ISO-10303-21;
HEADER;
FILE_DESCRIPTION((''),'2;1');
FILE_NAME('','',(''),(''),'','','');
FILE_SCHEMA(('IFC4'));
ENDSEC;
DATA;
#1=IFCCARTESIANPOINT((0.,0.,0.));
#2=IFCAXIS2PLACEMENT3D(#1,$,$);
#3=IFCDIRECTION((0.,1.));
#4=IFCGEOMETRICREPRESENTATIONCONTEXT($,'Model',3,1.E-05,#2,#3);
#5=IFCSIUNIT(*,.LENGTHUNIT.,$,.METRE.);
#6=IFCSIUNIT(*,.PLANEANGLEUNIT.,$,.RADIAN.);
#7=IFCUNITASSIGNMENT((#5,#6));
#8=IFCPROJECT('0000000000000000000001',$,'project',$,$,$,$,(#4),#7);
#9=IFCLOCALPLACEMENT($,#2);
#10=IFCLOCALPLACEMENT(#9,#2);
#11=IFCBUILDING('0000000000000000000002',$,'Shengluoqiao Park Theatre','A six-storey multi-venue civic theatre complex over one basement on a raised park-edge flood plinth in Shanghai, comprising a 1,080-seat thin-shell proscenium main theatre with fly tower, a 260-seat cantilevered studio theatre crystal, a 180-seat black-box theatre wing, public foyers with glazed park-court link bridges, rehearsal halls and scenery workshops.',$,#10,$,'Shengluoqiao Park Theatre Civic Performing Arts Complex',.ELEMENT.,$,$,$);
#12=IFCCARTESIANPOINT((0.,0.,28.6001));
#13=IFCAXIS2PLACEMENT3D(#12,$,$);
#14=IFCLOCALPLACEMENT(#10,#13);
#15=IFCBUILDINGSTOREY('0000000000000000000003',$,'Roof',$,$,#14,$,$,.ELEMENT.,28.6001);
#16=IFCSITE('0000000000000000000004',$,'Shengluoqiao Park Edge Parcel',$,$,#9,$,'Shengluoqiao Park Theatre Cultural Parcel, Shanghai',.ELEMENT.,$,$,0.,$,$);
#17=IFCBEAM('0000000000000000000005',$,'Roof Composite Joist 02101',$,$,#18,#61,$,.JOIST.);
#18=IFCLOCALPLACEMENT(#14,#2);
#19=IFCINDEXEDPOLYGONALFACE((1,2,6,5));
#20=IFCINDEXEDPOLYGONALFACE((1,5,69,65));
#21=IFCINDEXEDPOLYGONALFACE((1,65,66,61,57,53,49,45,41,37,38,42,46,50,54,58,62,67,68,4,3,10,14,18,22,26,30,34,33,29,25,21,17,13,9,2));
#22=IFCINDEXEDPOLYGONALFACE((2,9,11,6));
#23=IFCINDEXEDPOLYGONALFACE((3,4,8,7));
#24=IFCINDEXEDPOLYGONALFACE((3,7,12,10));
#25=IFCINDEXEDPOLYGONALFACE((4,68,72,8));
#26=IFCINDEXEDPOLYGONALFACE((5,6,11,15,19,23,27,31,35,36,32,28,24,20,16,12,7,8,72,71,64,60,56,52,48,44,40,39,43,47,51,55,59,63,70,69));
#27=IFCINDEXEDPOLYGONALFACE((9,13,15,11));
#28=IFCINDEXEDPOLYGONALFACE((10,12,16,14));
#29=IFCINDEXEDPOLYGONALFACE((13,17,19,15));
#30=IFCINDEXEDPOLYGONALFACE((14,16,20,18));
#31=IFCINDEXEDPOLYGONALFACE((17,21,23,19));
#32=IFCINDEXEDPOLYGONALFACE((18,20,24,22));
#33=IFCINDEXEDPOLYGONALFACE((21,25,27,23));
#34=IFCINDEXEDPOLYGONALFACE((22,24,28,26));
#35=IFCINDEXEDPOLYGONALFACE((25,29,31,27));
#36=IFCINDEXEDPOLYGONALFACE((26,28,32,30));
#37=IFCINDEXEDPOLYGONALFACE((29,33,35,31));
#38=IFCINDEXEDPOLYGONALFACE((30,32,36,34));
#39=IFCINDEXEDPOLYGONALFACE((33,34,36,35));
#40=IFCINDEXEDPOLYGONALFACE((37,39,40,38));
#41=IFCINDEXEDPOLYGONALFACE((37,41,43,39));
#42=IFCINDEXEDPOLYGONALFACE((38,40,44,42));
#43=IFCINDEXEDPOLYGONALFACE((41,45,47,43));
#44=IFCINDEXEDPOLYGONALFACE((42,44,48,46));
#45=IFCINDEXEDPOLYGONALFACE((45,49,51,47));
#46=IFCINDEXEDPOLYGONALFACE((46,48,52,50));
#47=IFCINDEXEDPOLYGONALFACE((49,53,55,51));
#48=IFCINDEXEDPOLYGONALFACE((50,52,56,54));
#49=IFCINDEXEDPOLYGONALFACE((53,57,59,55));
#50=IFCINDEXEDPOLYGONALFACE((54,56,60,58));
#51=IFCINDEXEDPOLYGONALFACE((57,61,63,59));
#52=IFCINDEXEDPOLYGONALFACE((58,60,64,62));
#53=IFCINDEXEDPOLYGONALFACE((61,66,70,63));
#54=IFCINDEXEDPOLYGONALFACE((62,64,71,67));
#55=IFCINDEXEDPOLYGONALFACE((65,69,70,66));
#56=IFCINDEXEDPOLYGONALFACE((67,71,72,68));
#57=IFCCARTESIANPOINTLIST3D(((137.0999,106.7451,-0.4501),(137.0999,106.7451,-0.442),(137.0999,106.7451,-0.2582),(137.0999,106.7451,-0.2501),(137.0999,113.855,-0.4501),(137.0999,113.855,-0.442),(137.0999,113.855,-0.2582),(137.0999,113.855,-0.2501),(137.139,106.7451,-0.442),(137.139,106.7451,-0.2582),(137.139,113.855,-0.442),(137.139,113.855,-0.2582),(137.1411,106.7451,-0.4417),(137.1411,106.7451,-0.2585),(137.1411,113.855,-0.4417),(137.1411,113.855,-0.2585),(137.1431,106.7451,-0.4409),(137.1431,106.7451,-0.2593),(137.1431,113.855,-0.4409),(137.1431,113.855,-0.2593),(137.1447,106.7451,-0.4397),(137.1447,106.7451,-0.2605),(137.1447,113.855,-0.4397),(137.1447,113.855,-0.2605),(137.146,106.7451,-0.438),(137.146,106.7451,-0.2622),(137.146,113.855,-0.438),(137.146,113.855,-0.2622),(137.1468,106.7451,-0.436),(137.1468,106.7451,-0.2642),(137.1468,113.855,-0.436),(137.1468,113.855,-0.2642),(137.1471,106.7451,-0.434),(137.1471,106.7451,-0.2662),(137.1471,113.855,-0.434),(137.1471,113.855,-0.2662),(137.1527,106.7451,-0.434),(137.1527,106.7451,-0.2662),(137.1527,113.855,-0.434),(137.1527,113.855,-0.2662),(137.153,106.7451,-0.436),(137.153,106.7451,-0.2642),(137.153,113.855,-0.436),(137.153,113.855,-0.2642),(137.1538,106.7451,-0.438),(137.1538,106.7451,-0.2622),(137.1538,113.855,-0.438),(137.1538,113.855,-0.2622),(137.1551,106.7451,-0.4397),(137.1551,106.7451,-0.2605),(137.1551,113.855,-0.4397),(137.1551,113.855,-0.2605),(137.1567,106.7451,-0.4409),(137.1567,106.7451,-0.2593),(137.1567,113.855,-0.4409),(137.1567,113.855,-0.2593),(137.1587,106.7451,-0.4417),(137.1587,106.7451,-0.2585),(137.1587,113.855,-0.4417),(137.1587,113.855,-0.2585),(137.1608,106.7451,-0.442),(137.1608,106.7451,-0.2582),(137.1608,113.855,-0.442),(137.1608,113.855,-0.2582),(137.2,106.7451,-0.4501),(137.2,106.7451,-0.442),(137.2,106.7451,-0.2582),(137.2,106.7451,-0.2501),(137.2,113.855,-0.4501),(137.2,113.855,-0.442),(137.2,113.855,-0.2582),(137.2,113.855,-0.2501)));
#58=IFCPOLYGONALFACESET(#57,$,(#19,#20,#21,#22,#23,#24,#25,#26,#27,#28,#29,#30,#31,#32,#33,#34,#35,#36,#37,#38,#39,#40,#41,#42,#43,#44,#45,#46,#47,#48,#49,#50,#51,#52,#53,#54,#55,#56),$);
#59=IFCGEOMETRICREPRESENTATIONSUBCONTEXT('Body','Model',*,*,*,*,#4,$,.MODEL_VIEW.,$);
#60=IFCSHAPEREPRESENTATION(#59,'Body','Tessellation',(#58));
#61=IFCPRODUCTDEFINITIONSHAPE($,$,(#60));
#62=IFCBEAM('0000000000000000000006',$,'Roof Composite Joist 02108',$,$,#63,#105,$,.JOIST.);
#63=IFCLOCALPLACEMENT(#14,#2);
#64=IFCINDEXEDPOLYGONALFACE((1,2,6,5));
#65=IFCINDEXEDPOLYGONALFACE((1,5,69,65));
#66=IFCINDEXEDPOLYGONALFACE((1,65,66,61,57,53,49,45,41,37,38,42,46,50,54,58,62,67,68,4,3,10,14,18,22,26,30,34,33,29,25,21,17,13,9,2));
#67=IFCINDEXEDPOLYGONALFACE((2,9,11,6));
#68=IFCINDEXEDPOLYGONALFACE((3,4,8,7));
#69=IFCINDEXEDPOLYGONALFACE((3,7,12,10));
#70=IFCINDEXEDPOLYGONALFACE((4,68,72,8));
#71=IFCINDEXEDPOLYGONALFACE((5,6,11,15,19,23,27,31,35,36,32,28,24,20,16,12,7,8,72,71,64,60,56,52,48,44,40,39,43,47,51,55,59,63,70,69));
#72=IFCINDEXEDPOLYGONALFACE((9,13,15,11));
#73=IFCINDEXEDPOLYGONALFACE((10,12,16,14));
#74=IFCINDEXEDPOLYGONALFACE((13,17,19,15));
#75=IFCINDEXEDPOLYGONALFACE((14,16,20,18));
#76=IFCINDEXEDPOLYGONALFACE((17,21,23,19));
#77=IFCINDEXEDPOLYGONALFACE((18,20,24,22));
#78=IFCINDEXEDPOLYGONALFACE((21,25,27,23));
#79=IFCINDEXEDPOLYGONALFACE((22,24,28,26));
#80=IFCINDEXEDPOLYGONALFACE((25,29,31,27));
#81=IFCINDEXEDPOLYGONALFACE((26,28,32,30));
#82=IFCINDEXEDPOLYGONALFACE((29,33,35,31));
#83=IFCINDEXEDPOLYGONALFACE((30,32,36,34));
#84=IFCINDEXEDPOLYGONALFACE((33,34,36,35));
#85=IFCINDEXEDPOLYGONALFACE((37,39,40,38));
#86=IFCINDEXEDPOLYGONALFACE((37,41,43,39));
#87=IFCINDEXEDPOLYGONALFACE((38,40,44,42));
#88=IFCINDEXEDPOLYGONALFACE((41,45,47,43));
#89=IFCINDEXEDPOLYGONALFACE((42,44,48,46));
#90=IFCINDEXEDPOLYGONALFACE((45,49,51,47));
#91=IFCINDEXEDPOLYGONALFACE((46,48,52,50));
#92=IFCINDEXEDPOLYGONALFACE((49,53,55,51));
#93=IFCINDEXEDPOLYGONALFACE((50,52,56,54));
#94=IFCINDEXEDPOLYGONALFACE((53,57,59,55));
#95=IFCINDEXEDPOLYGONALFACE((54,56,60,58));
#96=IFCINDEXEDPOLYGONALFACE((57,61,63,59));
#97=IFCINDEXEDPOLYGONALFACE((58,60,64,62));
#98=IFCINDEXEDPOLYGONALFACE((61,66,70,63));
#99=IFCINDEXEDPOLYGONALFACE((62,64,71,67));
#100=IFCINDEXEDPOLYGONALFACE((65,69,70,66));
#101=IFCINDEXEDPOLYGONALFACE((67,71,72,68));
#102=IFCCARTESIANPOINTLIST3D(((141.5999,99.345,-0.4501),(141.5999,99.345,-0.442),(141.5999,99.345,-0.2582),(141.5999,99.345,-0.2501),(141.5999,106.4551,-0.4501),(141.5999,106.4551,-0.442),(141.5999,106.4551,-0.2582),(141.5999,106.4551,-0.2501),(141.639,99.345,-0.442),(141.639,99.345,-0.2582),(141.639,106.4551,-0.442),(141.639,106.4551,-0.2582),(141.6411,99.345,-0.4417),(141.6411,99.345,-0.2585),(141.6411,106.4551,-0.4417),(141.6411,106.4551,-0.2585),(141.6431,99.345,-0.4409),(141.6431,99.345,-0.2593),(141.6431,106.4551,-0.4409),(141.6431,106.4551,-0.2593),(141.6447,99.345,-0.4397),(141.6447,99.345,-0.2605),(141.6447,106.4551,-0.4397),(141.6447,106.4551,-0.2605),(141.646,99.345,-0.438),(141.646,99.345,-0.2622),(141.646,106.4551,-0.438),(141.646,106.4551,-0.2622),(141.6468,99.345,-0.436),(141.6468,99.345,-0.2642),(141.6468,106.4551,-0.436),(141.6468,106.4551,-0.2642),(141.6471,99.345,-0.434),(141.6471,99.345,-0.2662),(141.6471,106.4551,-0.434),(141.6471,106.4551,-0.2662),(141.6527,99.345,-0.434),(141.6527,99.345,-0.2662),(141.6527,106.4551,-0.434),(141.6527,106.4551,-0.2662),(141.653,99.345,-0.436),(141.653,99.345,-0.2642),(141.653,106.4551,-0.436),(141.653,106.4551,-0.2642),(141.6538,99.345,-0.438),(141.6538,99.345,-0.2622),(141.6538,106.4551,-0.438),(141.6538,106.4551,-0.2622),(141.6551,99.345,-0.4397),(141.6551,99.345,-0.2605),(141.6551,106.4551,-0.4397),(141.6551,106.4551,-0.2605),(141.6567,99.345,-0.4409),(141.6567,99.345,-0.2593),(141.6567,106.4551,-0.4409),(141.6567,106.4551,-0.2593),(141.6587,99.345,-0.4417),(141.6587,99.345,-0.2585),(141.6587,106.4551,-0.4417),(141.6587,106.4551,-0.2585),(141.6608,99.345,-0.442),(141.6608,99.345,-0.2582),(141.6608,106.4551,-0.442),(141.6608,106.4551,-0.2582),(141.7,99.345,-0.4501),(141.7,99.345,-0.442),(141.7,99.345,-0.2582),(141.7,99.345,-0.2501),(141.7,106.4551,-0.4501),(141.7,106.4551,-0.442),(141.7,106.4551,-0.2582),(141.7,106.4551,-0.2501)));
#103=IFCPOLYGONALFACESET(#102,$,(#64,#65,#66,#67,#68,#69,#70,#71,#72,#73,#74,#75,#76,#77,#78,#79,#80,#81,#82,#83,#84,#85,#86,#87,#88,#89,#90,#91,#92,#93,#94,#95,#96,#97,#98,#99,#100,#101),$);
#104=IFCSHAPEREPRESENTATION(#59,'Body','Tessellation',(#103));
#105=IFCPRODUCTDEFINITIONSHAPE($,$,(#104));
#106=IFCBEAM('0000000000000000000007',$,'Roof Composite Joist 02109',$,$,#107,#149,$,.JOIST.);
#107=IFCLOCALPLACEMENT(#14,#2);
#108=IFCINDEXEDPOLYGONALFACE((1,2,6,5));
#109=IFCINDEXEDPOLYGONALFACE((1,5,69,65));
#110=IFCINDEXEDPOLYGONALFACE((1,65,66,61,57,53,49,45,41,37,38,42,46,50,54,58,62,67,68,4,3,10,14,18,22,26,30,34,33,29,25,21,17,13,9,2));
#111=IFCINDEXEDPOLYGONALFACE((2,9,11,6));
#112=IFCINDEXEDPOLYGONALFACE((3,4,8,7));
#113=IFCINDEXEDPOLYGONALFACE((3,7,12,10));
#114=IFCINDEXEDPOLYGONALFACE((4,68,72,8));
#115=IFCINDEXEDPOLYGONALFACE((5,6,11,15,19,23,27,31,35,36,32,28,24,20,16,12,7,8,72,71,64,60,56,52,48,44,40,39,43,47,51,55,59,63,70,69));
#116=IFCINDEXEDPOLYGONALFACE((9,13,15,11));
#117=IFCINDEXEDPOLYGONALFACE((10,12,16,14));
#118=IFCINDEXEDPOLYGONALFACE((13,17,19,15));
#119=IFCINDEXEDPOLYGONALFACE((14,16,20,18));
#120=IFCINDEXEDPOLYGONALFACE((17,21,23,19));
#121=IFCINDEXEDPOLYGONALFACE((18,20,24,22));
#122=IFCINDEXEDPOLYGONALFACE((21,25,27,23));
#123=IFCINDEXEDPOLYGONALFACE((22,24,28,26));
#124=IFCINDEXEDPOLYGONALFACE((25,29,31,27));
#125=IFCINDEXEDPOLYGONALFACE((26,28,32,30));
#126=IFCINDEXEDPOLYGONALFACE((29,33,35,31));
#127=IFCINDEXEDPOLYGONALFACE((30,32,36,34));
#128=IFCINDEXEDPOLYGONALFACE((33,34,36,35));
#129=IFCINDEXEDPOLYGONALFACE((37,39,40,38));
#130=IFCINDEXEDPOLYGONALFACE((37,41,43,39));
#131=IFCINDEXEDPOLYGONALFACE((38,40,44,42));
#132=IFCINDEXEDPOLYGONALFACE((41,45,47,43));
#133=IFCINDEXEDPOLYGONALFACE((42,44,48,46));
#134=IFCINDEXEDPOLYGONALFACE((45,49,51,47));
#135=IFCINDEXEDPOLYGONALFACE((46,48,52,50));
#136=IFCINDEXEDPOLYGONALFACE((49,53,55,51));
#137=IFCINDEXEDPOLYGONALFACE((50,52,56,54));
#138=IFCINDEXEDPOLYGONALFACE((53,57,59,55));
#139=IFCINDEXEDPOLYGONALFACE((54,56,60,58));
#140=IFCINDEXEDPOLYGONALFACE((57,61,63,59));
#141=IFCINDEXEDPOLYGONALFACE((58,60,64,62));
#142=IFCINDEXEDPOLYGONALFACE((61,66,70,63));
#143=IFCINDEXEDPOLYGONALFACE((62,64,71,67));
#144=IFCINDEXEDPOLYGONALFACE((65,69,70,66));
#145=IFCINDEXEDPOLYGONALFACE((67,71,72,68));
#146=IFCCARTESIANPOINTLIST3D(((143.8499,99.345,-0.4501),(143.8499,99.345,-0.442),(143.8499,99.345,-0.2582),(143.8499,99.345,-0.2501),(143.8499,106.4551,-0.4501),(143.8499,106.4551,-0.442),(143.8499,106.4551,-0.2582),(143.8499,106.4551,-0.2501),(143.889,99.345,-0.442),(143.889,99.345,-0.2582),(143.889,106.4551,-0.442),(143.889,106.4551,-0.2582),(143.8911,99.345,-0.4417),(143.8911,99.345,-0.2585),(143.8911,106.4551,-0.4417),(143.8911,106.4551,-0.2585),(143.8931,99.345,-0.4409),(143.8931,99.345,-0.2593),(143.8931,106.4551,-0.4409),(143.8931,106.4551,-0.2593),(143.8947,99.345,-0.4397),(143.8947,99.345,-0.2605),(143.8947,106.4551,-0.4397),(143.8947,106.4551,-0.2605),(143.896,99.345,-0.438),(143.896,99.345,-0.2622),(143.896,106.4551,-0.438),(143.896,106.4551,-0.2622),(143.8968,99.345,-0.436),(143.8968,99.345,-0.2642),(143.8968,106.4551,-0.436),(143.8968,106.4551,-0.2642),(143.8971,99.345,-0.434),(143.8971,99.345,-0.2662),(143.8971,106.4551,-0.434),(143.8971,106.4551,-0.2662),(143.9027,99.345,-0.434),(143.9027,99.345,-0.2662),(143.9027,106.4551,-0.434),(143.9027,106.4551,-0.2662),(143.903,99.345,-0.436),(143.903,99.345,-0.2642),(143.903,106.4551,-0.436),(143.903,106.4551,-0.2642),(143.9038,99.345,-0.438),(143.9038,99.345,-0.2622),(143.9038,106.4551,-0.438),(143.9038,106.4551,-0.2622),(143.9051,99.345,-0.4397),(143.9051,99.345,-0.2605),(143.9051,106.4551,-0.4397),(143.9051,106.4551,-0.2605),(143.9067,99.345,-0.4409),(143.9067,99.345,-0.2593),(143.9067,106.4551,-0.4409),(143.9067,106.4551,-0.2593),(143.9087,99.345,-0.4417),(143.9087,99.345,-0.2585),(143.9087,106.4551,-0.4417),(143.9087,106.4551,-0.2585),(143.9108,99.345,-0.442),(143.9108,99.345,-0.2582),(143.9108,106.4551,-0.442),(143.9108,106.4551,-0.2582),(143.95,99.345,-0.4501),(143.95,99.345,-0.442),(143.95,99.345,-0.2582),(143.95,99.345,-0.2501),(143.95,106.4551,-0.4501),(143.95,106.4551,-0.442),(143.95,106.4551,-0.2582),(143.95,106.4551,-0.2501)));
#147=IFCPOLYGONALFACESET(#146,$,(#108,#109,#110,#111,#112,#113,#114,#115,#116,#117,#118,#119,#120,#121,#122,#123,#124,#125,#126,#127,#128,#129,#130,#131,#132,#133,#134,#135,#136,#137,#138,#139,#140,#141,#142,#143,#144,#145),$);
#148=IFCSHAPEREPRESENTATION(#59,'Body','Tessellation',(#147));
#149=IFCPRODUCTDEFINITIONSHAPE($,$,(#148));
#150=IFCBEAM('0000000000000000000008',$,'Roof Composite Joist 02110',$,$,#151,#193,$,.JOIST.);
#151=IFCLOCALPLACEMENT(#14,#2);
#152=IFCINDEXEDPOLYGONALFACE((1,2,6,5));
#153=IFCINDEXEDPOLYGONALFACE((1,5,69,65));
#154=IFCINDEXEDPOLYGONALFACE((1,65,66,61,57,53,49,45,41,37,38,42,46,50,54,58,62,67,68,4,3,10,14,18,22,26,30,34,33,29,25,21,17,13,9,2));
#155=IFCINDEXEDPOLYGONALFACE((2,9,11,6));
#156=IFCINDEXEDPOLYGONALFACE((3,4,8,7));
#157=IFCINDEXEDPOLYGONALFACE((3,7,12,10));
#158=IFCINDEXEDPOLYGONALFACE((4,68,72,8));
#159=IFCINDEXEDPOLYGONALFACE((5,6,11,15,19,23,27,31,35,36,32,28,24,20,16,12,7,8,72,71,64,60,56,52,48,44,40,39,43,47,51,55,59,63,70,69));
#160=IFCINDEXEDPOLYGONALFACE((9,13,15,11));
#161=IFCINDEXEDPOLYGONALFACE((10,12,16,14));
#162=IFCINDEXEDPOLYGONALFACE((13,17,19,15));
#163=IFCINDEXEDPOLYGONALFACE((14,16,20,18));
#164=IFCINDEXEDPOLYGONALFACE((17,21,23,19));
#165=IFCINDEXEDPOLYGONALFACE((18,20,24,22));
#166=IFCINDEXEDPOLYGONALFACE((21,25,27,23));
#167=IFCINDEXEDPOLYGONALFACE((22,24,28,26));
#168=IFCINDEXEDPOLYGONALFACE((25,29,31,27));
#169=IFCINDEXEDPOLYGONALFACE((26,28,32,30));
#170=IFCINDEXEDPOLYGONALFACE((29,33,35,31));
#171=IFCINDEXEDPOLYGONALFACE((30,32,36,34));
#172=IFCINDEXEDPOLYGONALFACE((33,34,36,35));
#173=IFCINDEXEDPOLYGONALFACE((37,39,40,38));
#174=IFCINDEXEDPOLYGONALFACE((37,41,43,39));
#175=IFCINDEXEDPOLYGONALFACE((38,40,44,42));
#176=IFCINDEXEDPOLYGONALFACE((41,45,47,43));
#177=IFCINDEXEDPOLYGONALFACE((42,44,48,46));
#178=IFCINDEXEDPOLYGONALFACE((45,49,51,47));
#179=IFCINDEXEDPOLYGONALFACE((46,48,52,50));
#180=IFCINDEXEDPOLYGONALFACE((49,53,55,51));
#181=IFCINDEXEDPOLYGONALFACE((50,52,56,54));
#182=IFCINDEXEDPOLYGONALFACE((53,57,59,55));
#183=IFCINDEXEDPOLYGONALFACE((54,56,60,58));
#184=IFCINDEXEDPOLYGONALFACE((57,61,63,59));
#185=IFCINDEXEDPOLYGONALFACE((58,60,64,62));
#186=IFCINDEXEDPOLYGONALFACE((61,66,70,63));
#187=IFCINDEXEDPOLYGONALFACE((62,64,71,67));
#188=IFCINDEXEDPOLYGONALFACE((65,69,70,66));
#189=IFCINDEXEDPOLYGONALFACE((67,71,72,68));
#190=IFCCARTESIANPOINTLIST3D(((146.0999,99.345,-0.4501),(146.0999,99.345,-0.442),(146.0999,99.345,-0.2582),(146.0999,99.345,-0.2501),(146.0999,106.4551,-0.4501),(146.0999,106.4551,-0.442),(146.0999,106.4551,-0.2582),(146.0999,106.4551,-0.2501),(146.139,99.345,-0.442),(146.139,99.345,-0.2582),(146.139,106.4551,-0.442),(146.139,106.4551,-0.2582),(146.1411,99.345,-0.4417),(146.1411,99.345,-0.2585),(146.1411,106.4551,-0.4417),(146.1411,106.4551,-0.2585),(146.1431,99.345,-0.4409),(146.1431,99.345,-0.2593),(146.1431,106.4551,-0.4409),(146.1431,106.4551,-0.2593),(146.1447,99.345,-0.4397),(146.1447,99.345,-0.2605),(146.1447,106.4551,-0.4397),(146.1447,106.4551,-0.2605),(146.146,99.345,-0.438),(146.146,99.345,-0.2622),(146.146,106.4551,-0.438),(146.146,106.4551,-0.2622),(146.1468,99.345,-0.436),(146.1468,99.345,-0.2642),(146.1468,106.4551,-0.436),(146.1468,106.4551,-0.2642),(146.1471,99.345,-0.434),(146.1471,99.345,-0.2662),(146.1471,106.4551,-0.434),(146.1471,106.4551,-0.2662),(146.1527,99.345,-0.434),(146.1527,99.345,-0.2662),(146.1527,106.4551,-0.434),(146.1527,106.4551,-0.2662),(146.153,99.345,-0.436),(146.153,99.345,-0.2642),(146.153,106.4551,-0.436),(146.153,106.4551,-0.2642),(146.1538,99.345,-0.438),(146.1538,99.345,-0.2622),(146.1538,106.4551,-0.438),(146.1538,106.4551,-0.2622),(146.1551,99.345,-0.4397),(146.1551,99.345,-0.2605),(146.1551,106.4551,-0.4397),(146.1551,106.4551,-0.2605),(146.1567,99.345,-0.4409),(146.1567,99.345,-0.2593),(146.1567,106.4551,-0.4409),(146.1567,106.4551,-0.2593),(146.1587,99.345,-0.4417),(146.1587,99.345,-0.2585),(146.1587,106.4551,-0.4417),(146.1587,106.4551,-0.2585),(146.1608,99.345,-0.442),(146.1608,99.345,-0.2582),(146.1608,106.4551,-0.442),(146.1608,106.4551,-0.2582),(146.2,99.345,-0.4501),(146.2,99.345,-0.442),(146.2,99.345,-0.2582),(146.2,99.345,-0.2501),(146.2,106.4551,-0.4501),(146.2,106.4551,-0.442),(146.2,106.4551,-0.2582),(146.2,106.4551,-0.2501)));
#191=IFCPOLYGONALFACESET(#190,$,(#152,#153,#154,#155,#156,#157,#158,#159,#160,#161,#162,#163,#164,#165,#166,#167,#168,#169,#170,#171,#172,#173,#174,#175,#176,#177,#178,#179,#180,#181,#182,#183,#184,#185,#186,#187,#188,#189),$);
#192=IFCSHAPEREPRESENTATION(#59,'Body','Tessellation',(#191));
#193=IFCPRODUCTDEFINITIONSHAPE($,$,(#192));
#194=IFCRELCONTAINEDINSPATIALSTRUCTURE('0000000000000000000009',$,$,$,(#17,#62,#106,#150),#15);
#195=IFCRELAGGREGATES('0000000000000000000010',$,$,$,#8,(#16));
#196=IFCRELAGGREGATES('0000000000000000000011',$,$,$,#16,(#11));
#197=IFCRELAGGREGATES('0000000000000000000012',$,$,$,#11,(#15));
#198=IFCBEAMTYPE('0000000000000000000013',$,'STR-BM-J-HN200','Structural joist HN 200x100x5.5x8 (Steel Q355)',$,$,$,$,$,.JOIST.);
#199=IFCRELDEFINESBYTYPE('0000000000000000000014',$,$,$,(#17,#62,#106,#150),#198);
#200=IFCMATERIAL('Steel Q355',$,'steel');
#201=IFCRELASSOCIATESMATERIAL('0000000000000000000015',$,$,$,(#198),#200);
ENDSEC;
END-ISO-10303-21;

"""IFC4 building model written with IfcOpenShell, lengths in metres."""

from ifc_helpers import new_model, si_unit, direction, frame, origin, origin_2d, place, context, subcontext, project, spatial, i_section, extrude, material, material_profile, profile_set, type_object, element, save


model = new_model("IFC4")

# Units and contexts
model_context = context("Model", 3, precision=1e-05, world=origin(), true_north=direction((0.0, 1.0)))
body_context = subcontext(model_context, "Body", "Model", "MODEL_VIEW")
ifc_project = project(units=[si_unit("LENGTHUNIT", "METRE"), si_unit("PLANEANGLEUNIT", "RADIAN")], contexts=[model_context])

# Site, building, storey
site_placement = place(None, origin())
site = spatial("IfcSite", under=ifc_project, at=site_placement, Name="Shengluoqiao Park Edge Parcel", LongName="Shengluoqiao Park Theatre Cultural Parcel, Shanghai", CompositionType="ELEMENT", RefElevation=0.0)
building_placement = place(site_placement, origin())
building = spatial("IfcBuilding", under=site, at=building_placement, Name="Shengluoqiao Park Theatre", Description="A six-storey multi-venue civic theatre complex over one basement on a raised park-edge flood plinth in Shanghai, comprising a 1,080-seat thin-shell proscenium main theatre with fly tower, a 260-seat cantilevered studio theatre crystal, a 180-seat black-box theatre wing, public foyers with glazed park-court link bridges, rehearsal halls and scenery workshops.", LongName="Shengluoqiao Park Theatre Civic Performing Arts Complex", CompositionType="ELEMENT")
storey_placement = place(building_placement, frame((0.0, 0.0, 28.6001)))
storey = spatial("IfcBuildingStorey", under=building, at=storey_placement, Name="Roof", CompositionType="ELEMENT", Elevation=28.6001)

# Beams
ifc_material_1 = material(Name="Steel Q355", Category="steel")
ifc_material_profile_1 = material_profile(ifc_material_1, i_section(OverallWidth=0.1001, OverallDepth=0.2, WebThickness=0.0056, FlangeThickness=0.0081, FilletRadius=0.0081, at=origin_2d()), Name="HN 200x100x5.5x8")
ifc_profile_set_1 = profile_set([ifc_material_profile_1], Name="Steel Q355")
beam_type_1 = type_object("IfcBeamType", Name="STR-BM-J-HN200", Description="Structural joist HN 200x100x5.5x8 (Steel Q355)", PredefinedType="JOIST", material=ifc_profile_set_1)
for number, where, z_axis, x_axis, name in (
    (1, (137.1499, 106.7451, -0.3501), (0.0, 1.0, 0.0), (-1.0, 0.0, 0.0), "Roof Composite Joist 02101"),
):
    element("IfcBeam", number, at=place(storey_placement, frame(where, z_axis=z_axis, x_axis=x_axis)), inside=storey, type_object=beam_type_1, Name=name, PredefinedType="JOIST", context=body_context, shape_type="SweptSolid", body=[
        extrude(i_section(OverallWidth=0.1001, OverallDepth=0.2, WebThickness=0.0056, FlangeThickness=0.0081, FilletRadius=0.0081, at=origin_2d()), origin(), (0.0, 0.0, 1.0), 7.1099),
    ])
for number, where, z_axis, x_axis, name in (
    (2, (141.6499, 99.345, -0.3501), (0.0, 1.0, 0.0), (-1.0, 0.0, 0.0), "Roof Composite Joist 02108"),
    (3, (143.8999, 99.345, -0.3501), (0.0, 1.0, 0.0), (-1.0, 0.0, 0.0), "Roof Composite Joist 02109"),
    (4, (146.1499, 99.345, -0.3501), (0.0, 1.0, 0.0), (-1.0, 0.0, 0.0), "Roof Composite Joist 02110"),
):
    element("IfcBeam", number, at=place(storey_placement, frame(where, z_axis=z_axis, x_axis=x_axis)), inside=storey, type_object=beam_type_1, Name=name, PredefinedType="JOIST", context=body_context, shape_type="SweptSolid", body=[
        extrude(i_section(OverallWidth=0.1001, OverallDepth=0.2, WebThickness=0.0056, FlangeThickness=0.0081, FilletRadius=0.0081, at=origin_2d()), origin(), (0.0, 0.0, 1.0), 7.1101),
    ])

save(model, "model.ifc")
